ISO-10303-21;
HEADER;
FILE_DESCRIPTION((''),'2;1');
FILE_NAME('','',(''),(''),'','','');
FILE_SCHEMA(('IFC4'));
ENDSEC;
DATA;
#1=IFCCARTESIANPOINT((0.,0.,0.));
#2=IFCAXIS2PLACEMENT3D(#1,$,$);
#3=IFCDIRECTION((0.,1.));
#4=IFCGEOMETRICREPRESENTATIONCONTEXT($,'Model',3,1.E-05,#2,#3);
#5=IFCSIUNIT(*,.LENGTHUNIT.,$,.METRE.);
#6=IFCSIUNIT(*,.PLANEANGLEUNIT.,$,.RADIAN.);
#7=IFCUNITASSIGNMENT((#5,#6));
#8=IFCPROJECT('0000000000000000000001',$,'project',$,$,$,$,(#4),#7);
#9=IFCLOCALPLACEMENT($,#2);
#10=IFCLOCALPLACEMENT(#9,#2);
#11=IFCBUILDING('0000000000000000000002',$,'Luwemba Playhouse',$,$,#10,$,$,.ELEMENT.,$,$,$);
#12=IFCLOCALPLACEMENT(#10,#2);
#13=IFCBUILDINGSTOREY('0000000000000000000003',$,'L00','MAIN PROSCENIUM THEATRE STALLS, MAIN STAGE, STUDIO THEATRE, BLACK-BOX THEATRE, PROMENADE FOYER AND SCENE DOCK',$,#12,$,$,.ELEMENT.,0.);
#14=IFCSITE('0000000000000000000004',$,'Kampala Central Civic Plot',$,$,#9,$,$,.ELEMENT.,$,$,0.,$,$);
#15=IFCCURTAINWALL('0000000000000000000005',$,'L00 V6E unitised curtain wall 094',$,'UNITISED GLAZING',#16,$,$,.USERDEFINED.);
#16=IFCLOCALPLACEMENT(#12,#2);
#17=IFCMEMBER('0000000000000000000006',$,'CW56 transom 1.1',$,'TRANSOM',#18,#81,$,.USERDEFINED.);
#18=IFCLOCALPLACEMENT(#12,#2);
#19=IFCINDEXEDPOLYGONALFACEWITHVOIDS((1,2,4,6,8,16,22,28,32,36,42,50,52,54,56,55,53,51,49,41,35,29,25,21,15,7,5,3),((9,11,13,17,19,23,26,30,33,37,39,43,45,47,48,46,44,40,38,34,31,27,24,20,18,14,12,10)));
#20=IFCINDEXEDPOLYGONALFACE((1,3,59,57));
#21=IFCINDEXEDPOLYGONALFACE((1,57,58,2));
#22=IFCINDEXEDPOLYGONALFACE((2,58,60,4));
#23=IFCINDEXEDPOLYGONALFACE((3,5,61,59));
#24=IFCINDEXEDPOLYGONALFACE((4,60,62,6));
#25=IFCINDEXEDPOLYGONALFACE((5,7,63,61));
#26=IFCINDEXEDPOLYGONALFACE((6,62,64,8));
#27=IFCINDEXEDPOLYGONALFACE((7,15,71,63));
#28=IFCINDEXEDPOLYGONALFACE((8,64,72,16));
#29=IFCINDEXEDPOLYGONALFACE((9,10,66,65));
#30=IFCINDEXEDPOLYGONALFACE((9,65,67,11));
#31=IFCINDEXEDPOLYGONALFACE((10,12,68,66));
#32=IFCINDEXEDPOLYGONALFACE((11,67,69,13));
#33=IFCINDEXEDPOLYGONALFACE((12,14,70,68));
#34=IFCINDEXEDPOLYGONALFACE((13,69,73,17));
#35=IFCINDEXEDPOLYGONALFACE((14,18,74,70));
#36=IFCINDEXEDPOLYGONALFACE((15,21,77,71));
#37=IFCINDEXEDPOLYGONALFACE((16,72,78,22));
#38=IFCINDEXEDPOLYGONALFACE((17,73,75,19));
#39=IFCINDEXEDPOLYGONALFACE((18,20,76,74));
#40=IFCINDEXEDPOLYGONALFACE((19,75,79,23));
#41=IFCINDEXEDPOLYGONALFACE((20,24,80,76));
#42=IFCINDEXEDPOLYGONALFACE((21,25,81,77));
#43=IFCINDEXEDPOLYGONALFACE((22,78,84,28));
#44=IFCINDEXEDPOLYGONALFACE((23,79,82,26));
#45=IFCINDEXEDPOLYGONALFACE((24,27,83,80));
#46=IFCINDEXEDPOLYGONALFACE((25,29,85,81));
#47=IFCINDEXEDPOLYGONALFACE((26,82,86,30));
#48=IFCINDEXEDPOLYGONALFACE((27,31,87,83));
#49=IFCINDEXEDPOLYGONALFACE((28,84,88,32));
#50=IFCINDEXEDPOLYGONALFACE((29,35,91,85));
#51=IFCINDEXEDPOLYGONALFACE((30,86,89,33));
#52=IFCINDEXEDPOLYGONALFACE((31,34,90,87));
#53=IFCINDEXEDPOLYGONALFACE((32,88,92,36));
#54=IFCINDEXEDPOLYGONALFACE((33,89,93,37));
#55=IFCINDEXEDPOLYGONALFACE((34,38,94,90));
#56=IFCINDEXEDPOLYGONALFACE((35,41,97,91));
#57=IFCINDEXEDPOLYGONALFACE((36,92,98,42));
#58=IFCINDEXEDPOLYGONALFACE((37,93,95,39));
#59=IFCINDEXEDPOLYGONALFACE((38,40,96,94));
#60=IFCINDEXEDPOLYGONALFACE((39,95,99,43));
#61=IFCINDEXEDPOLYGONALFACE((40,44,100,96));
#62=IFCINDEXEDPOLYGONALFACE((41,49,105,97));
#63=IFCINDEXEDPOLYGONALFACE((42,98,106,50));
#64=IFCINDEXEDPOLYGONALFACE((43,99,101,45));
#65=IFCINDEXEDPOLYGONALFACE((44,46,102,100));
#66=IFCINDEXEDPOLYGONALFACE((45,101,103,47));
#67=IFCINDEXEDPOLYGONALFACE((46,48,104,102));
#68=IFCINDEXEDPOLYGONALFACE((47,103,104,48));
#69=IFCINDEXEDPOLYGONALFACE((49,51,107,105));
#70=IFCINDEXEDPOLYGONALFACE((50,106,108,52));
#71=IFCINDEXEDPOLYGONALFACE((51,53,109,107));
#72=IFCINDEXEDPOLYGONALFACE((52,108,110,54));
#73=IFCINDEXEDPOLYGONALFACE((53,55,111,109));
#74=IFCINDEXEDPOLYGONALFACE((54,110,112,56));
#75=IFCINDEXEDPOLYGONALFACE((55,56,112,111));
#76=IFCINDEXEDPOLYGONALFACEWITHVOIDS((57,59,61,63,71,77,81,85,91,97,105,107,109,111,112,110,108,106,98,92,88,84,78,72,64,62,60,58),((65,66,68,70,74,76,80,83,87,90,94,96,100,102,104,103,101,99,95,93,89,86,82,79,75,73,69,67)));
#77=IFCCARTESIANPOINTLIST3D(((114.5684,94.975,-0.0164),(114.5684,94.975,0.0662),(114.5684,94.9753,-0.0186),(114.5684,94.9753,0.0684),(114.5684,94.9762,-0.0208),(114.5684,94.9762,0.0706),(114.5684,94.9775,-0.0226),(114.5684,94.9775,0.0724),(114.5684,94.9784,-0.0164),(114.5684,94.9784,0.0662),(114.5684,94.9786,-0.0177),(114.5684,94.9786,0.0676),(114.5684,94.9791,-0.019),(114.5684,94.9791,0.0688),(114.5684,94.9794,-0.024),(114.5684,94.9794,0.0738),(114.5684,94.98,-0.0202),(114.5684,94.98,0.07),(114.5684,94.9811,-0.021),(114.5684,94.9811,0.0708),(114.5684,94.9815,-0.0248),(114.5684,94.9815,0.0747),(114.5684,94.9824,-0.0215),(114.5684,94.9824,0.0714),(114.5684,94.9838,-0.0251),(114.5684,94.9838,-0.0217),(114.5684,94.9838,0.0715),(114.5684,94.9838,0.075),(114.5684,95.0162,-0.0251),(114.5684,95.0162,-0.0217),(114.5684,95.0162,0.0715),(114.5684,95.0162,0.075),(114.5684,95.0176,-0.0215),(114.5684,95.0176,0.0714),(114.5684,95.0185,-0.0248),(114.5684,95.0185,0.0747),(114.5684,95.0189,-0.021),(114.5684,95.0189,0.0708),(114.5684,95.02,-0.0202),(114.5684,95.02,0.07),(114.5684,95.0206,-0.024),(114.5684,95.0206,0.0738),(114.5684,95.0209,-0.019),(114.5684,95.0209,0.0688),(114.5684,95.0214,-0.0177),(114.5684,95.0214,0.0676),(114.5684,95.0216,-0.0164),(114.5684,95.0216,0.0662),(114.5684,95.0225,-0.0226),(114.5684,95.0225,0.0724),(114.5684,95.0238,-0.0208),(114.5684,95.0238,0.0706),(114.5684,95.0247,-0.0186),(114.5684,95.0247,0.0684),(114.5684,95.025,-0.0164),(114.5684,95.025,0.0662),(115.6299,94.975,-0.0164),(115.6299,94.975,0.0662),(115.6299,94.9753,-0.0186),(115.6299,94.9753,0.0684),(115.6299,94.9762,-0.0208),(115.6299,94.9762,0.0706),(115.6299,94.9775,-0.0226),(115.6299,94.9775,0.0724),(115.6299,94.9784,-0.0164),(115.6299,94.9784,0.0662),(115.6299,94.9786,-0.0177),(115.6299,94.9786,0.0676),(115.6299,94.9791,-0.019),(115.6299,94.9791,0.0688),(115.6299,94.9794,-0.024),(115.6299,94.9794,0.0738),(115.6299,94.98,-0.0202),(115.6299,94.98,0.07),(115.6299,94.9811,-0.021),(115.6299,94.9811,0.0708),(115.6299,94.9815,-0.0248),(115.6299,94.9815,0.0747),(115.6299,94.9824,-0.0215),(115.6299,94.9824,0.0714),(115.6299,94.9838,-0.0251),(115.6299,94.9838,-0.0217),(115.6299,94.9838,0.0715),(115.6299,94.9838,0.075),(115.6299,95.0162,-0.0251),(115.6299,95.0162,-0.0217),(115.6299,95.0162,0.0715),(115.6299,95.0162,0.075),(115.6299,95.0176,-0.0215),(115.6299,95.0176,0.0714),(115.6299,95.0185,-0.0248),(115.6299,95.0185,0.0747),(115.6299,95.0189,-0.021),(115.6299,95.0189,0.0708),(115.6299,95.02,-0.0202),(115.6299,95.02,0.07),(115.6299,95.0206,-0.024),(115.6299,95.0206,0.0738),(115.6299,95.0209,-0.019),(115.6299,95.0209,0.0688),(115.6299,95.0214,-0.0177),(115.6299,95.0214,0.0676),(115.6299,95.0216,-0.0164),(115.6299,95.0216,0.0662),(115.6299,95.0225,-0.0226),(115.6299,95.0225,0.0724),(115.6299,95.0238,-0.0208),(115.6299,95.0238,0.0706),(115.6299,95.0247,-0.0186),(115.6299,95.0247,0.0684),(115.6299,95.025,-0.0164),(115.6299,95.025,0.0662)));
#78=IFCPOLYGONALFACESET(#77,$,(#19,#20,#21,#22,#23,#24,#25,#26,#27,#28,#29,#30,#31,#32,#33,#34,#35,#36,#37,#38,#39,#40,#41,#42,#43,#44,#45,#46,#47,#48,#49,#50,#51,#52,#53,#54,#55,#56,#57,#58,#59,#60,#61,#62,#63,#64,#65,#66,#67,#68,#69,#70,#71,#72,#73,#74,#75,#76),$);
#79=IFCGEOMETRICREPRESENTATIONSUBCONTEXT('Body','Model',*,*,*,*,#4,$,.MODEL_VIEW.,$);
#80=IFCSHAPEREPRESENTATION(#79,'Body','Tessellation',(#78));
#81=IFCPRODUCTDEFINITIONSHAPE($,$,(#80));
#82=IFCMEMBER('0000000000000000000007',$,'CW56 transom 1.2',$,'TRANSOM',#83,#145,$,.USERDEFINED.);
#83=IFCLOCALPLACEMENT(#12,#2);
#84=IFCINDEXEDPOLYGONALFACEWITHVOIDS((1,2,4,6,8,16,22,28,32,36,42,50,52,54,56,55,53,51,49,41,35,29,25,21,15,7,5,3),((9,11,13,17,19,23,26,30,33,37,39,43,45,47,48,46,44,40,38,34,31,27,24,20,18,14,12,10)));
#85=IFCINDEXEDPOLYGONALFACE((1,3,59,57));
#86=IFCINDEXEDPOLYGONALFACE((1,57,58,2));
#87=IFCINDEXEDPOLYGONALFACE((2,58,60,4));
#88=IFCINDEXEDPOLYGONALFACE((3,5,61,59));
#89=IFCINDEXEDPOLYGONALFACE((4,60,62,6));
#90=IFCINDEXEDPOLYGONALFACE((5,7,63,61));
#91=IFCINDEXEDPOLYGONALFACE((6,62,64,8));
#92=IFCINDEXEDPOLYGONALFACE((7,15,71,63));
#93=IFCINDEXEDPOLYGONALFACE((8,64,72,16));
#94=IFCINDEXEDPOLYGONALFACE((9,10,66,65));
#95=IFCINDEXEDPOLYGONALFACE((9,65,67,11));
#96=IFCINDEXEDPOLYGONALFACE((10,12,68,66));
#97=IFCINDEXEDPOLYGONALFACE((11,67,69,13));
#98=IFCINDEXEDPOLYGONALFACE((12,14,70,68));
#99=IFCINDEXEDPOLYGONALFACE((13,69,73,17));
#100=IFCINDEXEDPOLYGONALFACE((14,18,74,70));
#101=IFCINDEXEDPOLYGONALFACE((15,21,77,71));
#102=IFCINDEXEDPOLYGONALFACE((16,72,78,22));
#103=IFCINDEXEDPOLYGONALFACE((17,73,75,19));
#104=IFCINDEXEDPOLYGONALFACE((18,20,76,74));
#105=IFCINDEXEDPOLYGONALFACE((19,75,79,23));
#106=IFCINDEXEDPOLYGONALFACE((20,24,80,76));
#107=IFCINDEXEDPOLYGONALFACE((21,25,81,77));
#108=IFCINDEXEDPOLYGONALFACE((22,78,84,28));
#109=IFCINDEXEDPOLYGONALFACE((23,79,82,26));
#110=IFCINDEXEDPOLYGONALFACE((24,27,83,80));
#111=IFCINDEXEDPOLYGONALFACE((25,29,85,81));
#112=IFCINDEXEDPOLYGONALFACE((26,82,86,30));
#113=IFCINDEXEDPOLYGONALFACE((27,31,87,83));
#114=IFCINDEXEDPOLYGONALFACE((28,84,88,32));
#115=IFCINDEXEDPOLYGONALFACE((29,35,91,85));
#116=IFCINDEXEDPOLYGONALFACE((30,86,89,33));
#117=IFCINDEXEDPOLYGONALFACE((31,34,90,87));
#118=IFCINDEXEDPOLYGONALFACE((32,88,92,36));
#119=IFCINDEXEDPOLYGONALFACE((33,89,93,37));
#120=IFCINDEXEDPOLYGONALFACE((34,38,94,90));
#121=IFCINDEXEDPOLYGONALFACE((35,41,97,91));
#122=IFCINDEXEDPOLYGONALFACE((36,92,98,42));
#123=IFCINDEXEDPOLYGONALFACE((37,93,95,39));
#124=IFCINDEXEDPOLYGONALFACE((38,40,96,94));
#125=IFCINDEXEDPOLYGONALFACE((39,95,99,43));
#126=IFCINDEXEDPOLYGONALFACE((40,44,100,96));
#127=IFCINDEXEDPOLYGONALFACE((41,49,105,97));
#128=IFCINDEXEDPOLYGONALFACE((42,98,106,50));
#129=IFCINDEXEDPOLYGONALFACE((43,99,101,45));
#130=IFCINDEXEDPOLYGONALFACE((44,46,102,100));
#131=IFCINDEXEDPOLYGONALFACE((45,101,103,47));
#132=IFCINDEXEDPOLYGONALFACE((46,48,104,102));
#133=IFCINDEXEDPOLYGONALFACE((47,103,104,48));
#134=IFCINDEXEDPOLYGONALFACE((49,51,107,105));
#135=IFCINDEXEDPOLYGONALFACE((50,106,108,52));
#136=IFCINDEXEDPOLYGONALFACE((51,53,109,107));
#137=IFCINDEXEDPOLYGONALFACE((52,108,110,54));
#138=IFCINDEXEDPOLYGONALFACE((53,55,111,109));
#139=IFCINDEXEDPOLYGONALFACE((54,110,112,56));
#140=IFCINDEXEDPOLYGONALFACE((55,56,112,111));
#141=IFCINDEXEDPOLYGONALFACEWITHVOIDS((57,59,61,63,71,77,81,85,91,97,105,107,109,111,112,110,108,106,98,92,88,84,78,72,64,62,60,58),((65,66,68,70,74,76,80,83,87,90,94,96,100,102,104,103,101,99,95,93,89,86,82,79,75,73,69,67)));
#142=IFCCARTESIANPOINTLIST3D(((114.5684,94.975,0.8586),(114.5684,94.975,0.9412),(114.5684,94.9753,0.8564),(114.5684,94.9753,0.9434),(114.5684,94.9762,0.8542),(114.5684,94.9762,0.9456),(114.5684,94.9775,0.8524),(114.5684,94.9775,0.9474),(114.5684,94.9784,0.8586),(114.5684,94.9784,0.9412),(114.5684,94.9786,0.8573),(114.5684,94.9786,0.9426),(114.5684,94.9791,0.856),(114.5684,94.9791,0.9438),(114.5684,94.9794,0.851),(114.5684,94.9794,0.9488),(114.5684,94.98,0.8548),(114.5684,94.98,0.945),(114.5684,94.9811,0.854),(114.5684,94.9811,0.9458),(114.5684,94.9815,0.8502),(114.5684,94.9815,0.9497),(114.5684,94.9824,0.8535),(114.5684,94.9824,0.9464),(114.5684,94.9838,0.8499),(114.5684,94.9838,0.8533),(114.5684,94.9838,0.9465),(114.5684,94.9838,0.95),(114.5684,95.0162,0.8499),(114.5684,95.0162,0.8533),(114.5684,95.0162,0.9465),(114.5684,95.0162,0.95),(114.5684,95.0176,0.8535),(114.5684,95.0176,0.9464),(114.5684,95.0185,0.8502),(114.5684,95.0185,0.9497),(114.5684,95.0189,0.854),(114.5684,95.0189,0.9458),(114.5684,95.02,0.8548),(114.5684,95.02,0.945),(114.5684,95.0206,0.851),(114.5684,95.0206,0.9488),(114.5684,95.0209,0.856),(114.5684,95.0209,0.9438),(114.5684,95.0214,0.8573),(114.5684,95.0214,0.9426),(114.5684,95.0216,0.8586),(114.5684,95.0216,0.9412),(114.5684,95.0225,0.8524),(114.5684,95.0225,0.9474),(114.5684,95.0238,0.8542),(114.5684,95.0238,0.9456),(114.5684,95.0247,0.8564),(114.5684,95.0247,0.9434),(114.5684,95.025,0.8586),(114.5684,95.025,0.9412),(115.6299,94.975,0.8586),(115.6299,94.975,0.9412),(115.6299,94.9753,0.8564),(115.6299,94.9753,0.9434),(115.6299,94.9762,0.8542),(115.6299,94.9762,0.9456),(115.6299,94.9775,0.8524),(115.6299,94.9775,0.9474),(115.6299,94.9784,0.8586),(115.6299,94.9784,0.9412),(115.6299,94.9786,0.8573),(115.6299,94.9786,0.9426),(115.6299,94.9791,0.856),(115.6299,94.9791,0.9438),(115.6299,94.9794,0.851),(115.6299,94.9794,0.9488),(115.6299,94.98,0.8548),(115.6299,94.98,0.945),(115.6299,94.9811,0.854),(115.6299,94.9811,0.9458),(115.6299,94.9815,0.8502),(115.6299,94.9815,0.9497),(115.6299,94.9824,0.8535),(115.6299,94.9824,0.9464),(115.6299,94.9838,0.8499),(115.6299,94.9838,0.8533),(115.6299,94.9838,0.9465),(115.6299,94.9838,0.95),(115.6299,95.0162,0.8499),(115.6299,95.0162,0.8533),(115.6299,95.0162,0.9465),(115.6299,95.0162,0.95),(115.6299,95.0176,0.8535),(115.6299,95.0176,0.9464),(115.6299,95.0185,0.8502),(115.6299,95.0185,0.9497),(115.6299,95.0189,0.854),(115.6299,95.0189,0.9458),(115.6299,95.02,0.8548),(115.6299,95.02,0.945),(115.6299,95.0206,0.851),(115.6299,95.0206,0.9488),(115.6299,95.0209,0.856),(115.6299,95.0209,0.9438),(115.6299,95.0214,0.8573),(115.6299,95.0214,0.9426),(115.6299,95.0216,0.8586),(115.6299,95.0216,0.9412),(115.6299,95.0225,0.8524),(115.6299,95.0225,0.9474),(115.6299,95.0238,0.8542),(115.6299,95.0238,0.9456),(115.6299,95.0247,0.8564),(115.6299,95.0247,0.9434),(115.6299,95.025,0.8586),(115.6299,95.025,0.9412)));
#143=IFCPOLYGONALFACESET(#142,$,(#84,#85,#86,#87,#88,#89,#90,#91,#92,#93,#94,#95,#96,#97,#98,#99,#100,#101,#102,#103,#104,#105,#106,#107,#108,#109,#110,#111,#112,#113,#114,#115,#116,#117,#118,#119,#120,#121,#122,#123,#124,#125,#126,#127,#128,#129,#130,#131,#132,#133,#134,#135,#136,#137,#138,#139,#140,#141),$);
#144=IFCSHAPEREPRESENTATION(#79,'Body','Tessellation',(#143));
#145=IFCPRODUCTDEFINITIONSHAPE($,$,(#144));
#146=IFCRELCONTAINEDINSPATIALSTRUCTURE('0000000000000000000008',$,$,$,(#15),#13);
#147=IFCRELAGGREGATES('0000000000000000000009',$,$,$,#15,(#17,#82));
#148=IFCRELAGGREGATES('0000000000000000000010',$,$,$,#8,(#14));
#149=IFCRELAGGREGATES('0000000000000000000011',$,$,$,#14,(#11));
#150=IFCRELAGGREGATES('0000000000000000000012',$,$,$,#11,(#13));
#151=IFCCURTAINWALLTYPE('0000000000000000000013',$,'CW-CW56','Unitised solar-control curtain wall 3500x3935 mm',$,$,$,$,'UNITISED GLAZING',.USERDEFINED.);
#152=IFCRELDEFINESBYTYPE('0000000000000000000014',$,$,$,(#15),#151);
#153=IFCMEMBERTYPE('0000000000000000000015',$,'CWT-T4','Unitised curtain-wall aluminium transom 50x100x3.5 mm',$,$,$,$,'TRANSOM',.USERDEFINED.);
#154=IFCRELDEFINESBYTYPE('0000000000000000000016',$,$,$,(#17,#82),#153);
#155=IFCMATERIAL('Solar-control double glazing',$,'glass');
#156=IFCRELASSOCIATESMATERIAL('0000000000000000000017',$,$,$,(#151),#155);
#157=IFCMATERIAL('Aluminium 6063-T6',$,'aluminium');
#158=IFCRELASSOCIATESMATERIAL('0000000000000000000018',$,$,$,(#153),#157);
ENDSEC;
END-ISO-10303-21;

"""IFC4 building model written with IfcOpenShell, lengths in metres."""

from ifc_helpers import new_model, si_unit, direction, frame, origin, origin_2d, place, context, subcontext, project, spatial, hollow_rectangle, extrude, material, material_profile, profile_set, type_object, element, aggregate, save


model = new_model("IFC4")

# Units and contexts
model_context = context("Model", 3, precision=1e-05, world=origin(), true_north=direction((0.0, 1.0)))
body_context = subcontext(model_context, "Body", "Model", "MODEL_VIEW")
ifc_project = project(units=[si_unit("LENGTHUNIT", "METRE"), si_unit("PLANEANGLEUNIT", "RADIAN")], contexts=[model_context])

# Site, building, storey
site_placement = place(None, origin())
site = spatial("IfcSite", under=ifc_project, at=site_placement, Name="Kampala Central Civic Plot", CompositionType="ELEMENT", RefElevation=0.0)
building_placement = place(site_placement, origin())
building = spatial("IfcBuilding", under=site, at=building_placement, Name="Luwemba Playhouse", CompositionType="ELEMENT")
storey_placement = place(building_placement, origin())
storey = spatial("IfcBuildingStorey", under=building, at=storey_placement, Name="L00", Description="MAIN PROSCENIUM THEATRE STALLS, MAIN STAGE, STUDIO THEATRE, BLACK-BOX THEATRE, PROMENADE FOYER AND SCENE DOCK", CompositionType="ELEMENT", Elevation=0.0)

# Curtain wall, members
ifc_material_1 = material(Name="Solar-control double glazing", Category="glass")
curtain_wall_type = type_object("IfcCurtainWallType", Name="CW-CW56", Description="Unitised solar-control curtain wall 3500x3935 mm", ElementType="UNITISED GLAZING", PredefinedType="USERDEFINED", material=ifc_material_1)
curtain_wall_placement = place(storey_placement, origin())
curtain_wall = element("IfcCurtainWall", 1, at=curtain_wall_placement, inside=storey, type_object=curtain_wall_type, Name="L00 V6E unitised curtain wall 094", ObjectType="UNITISED GLAZING", PredefinedType="USERDEFINED")
ifc_material_2 = material(Name="Aluminium 6063-T6", Category="aluminium")
ifc_material_profile_1 = material_profile(ifc_material_2, hollow_rectangle(XDim=0.05, YDim=0.1001, WallThickness=0.0034, InnerFilletRadius=0.0054, OuterFilletRadius=0.0088, at=origin_2d()))
ifc_profile_set_1 = profile_set([ifc_material_profile_1], Name="Aluminium 6063-T6")
member_type_1 = type_object("IfcMemberType", Name="CWT-T4", Description="Unitised curtain-wall aluminium transom 50x100x3.5 mm", ElementType="TRANSOM", PredefinedType="USERDEFINED", material=ifc_profile_set_1)
member_1_placement = place(storey_placement, frame((115.6299, 95.0, 0.0249), z_axis=(-1.0, 0.0, 0.0), x_axis=(0.0, -1.0, 0.0)))
member_1 = element("IfcMember", 2, at=member_1_placement, type_object=member_type_1, Name="CW56 transom 1.1", ObjectType="TRANSOM", PredefinedType="USERDEFINED", context=body_context, shape_type="SweptSolid", body=[
    extrude(hollow_rectangle(XDim=0.05, YDim=0.1001, WallThickness=0.0034, InnerFilletRadius=0.0054, OuterFilletRadius=0.0088, at=origin_2d()), origin(), (0.0, 0.0, 1.0), 1.0615),
])
member_2_placement = place(storey_placement, frame((115.6299, 95.0, 0.8999), z_axis=(-1.0, 0.0, 0.0), x_axis=(0.0, -1.0, 0.0)))
member_2 = element("IfcMember", 3, at=member_2_placement, type_object=member_type_1, Name="CW56 transom 1.2", ObjectType="TRANSOM", PredefinedType="USERDEFINED", context=body_context, shape_type="SweptSolid", body=[
    extrude(hollow_rectangle(XDim=0.05, YDim=0.1001, WallThickness=0.0034, InnerFilletRadius=0.0054, OuterFilletRadius=0.0088, at=origin_2d()), origin(), (0.0, 0.0, 1.0), 1.0615),
])
aggregate(curtain_wall, [member_1, member_2])

save(model, "model.ifc")
